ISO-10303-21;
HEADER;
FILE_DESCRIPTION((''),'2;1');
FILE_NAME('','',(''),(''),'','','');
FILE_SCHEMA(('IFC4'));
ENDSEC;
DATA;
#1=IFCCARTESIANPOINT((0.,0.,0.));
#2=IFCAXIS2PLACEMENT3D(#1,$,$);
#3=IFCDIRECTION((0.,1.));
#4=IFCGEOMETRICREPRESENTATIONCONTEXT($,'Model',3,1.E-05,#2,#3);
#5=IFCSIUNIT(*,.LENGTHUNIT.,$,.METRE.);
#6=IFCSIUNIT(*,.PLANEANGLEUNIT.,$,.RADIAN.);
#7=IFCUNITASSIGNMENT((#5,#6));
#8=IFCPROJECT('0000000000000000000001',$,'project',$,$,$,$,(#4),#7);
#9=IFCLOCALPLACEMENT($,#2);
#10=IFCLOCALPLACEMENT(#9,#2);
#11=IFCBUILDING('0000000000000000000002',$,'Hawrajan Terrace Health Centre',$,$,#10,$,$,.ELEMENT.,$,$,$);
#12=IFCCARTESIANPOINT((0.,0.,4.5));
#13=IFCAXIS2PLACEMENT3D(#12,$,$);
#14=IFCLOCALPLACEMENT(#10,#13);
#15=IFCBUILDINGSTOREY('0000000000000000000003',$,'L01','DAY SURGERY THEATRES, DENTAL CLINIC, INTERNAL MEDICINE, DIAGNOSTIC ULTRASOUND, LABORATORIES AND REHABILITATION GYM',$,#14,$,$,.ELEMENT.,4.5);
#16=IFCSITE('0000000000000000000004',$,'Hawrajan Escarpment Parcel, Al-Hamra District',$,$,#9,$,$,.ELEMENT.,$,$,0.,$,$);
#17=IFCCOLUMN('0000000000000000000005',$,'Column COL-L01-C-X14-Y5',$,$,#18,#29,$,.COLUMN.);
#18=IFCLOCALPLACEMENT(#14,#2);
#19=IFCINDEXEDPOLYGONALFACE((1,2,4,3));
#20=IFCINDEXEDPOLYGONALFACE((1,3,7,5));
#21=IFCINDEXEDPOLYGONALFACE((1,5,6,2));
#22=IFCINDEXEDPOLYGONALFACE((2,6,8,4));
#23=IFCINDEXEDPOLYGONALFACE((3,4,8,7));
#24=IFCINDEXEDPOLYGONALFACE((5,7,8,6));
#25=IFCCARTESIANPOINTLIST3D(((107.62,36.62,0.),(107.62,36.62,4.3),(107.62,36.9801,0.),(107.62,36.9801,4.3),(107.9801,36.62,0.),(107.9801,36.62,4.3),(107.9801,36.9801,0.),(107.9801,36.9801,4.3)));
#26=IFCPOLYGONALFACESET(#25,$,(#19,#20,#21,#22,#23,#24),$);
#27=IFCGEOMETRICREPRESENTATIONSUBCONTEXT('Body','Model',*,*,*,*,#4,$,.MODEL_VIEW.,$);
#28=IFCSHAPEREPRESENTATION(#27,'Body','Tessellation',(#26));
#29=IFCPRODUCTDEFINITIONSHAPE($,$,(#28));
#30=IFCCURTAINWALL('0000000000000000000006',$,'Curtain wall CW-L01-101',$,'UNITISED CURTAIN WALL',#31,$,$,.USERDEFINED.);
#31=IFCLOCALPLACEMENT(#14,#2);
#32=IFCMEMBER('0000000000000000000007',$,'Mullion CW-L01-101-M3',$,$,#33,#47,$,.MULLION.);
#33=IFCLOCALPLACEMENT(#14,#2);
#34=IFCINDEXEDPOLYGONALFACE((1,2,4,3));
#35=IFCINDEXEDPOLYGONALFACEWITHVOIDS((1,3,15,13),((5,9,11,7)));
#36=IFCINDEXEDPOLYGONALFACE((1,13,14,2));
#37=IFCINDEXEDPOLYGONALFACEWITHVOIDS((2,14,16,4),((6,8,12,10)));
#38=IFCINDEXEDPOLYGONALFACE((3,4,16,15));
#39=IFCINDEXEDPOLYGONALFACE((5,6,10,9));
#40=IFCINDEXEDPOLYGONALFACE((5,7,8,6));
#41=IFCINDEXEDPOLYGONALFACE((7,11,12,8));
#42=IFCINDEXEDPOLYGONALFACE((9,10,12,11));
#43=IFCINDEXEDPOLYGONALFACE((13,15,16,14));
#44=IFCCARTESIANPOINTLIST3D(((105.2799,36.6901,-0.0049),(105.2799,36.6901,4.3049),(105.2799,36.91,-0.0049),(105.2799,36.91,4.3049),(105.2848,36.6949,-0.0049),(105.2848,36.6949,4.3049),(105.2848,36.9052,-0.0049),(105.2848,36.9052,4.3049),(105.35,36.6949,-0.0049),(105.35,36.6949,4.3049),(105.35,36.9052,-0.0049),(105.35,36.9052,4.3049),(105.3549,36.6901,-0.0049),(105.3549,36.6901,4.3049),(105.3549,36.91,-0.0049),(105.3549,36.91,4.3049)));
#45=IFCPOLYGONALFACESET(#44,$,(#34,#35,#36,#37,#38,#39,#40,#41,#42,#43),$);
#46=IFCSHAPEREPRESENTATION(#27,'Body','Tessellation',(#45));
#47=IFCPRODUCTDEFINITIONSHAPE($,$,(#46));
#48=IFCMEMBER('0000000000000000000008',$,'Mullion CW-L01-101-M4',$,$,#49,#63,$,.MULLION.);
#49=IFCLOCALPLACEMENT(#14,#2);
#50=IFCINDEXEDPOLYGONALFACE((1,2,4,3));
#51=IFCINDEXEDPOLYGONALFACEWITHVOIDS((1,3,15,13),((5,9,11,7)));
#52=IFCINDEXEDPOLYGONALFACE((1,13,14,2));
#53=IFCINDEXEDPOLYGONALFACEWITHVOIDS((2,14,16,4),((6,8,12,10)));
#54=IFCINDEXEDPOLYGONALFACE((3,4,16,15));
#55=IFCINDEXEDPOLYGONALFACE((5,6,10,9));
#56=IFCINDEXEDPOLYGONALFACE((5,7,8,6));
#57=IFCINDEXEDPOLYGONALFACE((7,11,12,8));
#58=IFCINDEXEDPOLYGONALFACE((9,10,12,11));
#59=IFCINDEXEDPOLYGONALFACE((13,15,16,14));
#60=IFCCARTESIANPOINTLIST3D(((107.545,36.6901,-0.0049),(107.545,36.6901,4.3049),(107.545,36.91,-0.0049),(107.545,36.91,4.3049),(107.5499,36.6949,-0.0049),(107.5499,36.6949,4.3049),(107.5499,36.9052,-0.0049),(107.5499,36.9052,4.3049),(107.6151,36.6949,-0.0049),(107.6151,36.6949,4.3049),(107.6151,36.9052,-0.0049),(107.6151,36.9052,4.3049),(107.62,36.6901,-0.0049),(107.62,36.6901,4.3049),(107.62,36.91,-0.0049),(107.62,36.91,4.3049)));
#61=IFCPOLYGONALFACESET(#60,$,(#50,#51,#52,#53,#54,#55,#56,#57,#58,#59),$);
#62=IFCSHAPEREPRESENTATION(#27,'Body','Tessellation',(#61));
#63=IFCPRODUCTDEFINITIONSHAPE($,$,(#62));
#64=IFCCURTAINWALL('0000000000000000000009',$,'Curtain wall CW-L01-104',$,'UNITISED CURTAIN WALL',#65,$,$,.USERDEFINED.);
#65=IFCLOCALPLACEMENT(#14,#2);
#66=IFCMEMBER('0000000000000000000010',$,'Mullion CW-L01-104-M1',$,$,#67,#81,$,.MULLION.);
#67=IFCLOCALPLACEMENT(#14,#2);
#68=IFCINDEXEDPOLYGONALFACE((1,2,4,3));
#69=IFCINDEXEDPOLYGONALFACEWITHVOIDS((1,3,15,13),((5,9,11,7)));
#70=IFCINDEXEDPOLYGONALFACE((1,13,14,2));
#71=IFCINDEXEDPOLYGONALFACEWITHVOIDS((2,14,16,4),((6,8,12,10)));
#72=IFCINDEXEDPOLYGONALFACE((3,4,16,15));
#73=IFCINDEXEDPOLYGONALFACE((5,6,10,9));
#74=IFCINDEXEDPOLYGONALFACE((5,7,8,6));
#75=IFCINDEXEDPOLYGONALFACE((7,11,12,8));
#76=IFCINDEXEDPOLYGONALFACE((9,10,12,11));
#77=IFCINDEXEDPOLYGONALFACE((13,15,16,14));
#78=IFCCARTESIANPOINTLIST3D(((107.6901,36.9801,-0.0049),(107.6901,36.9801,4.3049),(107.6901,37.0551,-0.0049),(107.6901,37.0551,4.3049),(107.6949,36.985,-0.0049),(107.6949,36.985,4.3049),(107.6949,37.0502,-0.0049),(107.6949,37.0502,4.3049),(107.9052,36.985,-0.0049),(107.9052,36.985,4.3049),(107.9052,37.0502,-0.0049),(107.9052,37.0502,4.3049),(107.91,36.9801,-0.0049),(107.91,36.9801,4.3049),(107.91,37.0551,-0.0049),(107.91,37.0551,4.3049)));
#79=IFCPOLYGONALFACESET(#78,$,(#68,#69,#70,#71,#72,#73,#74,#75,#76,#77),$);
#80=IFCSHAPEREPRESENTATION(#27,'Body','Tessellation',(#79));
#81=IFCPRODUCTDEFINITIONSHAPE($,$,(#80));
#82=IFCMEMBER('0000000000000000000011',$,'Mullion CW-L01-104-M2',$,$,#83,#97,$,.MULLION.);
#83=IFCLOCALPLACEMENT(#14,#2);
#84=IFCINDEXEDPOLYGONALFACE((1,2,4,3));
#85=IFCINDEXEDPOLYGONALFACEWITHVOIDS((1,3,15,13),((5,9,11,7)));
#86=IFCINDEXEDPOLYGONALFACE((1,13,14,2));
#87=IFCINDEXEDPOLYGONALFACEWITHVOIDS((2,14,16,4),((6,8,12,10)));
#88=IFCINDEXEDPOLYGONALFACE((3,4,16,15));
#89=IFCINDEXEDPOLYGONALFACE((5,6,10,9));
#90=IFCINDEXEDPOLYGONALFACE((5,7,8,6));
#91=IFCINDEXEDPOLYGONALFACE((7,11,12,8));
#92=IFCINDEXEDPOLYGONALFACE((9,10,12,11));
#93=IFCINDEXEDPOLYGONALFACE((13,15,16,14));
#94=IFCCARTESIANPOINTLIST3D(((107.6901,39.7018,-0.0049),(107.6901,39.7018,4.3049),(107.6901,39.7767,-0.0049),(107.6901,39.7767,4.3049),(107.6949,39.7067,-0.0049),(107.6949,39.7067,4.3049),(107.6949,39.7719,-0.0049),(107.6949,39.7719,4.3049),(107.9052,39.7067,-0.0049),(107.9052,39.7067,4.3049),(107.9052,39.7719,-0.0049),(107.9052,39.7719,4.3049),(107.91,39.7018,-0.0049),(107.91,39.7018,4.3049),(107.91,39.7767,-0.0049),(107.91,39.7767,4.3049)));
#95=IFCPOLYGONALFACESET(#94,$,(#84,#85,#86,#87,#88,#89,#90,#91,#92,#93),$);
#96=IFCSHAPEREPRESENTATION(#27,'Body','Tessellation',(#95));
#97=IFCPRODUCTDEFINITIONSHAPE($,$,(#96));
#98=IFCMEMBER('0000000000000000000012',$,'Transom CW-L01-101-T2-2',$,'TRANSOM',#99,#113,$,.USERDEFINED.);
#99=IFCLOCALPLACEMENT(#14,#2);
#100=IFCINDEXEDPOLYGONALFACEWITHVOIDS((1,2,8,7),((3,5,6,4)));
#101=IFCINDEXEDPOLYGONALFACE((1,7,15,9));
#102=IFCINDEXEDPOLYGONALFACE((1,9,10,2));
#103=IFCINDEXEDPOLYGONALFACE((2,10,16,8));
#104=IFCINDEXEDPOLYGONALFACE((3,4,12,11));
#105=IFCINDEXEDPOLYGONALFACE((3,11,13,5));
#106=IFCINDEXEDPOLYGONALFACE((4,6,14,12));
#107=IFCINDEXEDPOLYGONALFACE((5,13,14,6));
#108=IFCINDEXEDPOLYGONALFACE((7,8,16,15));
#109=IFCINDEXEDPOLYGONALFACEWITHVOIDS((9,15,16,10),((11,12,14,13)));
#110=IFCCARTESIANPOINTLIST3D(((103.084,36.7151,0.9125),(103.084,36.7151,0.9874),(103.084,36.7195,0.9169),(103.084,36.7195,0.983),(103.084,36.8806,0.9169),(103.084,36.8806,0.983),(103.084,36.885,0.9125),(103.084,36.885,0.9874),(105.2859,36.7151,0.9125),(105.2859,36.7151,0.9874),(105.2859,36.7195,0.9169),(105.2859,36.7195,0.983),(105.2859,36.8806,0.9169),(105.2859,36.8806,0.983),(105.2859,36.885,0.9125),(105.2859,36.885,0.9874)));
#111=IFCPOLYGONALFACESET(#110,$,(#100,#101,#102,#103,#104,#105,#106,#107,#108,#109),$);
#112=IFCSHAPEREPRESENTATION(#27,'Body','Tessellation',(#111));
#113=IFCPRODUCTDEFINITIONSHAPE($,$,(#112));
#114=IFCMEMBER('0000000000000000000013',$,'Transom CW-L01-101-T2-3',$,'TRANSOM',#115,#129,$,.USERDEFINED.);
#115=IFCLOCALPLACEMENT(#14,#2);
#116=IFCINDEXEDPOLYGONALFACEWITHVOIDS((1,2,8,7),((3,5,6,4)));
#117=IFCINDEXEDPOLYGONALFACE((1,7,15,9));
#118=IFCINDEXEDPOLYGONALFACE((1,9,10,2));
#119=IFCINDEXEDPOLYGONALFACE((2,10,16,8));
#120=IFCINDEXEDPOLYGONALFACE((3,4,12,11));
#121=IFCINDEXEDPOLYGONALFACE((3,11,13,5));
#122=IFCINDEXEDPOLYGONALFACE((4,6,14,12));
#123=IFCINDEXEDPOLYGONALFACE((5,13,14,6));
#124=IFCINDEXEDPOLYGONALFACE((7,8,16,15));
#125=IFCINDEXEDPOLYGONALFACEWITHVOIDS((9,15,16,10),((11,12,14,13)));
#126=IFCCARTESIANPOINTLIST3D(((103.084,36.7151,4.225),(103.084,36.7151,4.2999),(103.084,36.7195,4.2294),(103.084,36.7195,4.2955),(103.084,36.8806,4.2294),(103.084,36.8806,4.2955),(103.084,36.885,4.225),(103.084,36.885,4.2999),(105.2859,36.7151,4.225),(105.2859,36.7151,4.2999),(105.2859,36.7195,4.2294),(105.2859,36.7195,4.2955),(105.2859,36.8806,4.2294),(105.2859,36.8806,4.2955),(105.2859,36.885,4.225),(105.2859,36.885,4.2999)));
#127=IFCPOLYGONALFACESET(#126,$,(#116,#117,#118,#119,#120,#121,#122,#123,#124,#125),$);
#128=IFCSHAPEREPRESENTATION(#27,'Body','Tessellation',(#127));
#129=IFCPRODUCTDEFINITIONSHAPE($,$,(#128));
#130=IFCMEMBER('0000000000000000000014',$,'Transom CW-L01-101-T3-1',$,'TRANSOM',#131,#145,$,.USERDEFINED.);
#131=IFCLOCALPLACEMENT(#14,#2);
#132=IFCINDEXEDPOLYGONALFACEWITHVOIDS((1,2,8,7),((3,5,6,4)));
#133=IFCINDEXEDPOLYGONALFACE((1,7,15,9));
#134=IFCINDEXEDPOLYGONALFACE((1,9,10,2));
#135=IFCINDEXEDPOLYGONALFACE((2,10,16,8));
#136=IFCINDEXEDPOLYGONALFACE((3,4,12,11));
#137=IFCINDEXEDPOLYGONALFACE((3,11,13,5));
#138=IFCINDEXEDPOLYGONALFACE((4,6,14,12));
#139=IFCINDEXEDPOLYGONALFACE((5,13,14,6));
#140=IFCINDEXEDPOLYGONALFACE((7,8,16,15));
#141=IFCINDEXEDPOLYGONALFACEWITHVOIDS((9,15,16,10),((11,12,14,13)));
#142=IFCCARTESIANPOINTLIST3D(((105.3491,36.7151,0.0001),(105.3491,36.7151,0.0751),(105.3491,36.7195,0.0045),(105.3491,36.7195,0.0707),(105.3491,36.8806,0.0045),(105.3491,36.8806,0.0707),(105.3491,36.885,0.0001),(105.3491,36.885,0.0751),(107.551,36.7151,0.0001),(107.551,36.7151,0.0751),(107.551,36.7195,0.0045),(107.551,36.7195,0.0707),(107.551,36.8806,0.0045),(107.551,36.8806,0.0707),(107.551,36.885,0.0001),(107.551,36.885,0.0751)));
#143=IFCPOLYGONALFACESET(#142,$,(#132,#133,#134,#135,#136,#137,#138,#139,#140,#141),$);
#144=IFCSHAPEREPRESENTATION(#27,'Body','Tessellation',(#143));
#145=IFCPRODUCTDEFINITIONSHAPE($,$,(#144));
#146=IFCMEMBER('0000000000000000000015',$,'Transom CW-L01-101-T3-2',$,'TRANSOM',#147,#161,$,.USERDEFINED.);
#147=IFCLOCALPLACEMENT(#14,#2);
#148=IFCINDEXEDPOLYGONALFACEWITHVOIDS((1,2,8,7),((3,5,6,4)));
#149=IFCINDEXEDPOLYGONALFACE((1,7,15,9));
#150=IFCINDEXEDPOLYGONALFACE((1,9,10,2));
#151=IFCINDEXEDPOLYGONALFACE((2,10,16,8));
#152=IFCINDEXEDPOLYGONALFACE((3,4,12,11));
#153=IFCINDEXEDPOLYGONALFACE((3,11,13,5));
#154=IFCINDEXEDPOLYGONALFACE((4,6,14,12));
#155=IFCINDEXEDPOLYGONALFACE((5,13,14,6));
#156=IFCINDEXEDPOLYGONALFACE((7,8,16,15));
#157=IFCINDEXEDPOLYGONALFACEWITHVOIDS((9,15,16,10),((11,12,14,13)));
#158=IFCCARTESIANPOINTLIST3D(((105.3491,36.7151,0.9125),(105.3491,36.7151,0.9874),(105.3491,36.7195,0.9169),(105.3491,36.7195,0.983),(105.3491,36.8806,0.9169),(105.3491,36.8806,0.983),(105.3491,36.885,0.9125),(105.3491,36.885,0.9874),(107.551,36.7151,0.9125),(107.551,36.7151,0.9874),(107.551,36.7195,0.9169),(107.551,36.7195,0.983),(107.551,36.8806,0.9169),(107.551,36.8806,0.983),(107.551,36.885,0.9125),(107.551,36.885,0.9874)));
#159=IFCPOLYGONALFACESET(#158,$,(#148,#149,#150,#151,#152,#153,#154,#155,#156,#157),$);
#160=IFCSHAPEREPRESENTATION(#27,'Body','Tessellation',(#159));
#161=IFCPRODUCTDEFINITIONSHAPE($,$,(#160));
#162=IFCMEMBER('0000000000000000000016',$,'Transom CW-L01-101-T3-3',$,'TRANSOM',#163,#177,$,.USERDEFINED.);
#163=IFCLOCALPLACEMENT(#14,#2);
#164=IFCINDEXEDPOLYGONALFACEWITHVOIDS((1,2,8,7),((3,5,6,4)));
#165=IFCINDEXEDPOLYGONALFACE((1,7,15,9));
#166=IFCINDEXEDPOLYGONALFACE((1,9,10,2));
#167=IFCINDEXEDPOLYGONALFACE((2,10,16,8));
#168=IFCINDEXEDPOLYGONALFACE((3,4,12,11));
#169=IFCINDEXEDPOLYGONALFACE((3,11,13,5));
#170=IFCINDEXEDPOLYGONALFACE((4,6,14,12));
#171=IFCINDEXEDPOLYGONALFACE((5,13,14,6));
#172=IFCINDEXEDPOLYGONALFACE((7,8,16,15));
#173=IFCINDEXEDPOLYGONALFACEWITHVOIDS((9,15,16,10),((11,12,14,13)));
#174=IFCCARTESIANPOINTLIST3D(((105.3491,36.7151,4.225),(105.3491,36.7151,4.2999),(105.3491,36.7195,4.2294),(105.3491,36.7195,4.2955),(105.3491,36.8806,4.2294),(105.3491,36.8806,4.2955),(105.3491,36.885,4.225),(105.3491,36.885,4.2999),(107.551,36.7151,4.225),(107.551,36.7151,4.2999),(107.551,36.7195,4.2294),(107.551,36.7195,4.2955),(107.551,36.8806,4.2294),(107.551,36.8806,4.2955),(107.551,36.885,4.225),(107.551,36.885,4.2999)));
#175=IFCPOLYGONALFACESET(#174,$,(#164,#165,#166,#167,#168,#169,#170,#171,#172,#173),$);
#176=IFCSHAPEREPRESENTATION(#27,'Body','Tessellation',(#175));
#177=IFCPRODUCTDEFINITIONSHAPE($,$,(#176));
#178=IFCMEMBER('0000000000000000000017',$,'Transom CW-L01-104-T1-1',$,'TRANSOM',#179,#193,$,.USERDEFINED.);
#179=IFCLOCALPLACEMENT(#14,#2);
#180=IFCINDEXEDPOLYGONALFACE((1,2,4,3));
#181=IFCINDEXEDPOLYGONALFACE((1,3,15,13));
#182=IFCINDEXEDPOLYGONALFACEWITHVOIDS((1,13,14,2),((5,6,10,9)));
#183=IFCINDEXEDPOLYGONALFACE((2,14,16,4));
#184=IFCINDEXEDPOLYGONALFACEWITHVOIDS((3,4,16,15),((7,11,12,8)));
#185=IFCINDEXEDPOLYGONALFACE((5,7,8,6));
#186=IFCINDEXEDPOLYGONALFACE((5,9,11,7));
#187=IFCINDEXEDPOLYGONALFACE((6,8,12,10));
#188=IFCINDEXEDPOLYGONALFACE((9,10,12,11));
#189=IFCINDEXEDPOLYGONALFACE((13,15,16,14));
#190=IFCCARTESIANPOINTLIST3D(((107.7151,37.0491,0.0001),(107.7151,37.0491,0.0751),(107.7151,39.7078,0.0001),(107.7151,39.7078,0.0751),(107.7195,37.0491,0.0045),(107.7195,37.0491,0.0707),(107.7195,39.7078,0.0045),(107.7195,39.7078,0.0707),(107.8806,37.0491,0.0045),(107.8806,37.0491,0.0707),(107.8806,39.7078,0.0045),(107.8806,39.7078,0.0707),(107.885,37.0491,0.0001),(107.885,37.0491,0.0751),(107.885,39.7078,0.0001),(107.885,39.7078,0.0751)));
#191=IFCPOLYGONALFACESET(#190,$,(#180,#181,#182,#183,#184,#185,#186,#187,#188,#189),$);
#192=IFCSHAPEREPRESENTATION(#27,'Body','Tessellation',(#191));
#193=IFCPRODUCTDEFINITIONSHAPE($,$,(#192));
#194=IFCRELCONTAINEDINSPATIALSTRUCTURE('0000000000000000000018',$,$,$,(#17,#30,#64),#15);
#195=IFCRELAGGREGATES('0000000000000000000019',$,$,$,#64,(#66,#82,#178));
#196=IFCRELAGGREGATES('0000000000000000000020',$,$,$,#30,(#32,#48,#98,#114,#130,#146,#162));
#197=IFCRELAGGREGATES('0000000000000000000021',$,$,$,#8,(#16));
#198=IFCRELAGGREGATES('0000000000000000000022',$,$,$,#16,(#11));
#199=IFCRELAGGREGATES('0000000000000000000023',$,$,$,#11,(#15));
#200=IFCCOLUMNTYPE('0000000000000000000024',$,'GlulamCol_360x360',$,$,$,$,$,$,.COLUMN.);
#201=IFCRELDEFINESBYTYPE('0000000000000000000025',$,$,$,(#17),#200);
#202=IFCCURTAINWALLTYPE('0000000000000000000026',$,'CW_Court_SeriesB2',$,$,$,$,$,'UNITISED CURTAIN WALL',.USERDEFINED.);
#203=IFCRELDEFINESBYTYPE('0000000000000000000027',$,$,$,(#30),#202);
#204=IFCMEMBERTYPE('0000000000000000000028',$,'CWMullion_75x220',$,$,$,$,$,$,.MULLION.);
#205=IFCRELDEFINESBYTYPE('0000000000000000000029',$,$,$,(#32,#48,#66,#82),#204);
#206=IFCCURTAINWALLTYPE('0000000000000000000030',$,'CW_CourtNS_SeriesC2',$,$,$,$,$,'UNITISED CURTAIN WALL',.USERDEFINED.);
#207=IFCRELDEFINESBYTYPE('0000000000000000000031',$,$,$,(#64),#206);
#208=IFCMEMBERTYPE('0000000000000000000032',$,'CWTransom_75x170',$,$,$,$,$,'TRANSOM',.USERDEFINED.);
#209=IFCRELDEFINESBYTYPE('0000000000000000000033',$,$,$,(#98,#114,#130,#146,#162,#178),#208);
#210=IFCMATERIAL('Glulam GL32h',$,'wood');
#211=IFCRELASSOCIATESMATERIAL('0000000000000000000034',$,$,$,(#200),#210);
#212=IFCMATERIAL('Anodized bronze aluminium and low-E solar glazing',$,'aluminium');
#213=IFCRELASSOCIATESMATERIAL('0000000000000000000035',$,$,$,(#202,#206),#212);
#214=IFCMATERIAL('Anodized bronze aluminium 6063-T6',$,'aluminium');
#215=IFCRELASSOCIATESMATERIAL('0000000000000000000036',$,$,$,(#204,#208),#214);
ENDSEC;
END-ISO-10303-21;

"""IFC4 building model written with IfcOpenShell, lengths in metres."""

from ifc_helpers import new_model, si_unit, direction, frame, origin, origin_2d, place, context, subcontext, project, spatial, rectangle, hollow_rectangle, extrude, material, material_profile, profile_set, type_object, element, aggregate, save


model = new_model("IFC4")

# Units and contexts
model_context = context("Model", 3, precision=1e-05, world=origin(), true_north=direction((0.0, 1.0)))
body_context = subcontext(model_context, "Body", "Model", "MODEL_VIEW")
ifc_project = project(units=[si_unit("LENGTHUNIT", "METRE"), si_unit("PLANEANGLEUNIT", "RADIAN")], contexts=[model_context])

# Site, building, storey
site_placement = place(None, origin())
site = spatial("IfcSite", under=ifc_project, at=site_placement, Name="Hawrajan Escarpment Parcel, Al-Hamra District", CompositionType="ELEMENT", RefElevation=0.0)
building_placement = place(site_placement, origin())
building = spatial("IfcBuilding", under=site, at=building_placement, Name="Hawrajan Terrace Health Centre", CompositionType="ELEMENT")
storey_placement = place(building_placement, frame((0.0, 0.0, 4.5)))
storey = spatial("IfcBuildingStorey", under=building, at=storey_placement, Name="L01", Description="DAY SURGERY THEATRES, DENTAL CLINIC, INTERNAL MEDICINE, DIAGNOSTIC ULTRASOUND, LABORATORIES AND REHABILITATION GYM", CompositionType="ELEMENT", Elevation=4.5)

# Column
ifc_material_1 = material(Name="Glulam GL32h", Category="wood")
ifc_material_profile_1 = material_profile(ifc_material_1, rectangle(XDim=0.3601, YDim=0.3601, at=origin_2d()), Name="GL 360x360")
ifc_profile_set_1 = profile_set([ifc_material_profile_1], Name="Glulam GL32h")
column_type = type_object("IfcColumnType", Name="GlulamCol_360x360", PredefinedType="COLUMN", material=ifc_profile_set_1)
column_placement = place(storey_placement, frame((107.8, 36.8, 0.0), z_axis=(0.0, 0.0, 1.0), x_axis=(1.0, 0.0, 0.0)))
element("IfcColumn", 1, at=column_placement, inside=storey, type_object=column_type, Name="Column COL-L01-C-X14-Y5", PredefinedType="COLUMN", context=body_context, shape_type="SweptSolid", body=[
    extrude(rectangle(XDim=0.3601, YDim=0.3601, at=origin_2d()), origin(), (0.0, 0.0, 1.0), 4.3),
])

# Curtain walls, members
ifc_material_2 = material(Name="Anodized bronze aluminium and low-E solar glazing", Category="aluminium")
curtain_wall_type_1 = type_object("IfcCurtainWallType", Name="CW_Court_SeriesB2", ElementType="UNITISED CURTAIN WALL", PredefinedType="USERDEFINED", material=ifc_material_2)
curtain_wall_1_placement = place(storey_placement, origin())
curtain_wall_1 = element("IfcCurtainWall", 2, at=curtain_wall_1_placement, inside=storey, type_object=curtain_wall_type_1, Name="Curtain wall CW-L01-101", ObjectType="UNITISED CURTAIN WALL", PredefinedType="USERDEFINED")
ifc_material_3 = material(Name="Anodized bronze aluminium 6063-T6", Category="aluminium")
ifc_material_profile_2 = material_profile(ifc_material_3, hollow_rectangle(XDim=0.075, YDim=0.22, WallThickness=0.0049, at=origin_2d()), Name="CW MUL 75x220")
ifc_profile_set_2 = profile_set([ifc_material_profile_2], Name="Anodized bronze aluminium 6063-T6")
member_type_1 = type_object("IfcMemberType", Name="CWMullion_75x220", PredefinedType="MULLION", material=ifc_profile_set_2)
member_1_placement = place(storey_placement, frame((105.3174, 36.8, -0.0049), z_axis=(0.0, 0.0, 1.0), x_axis=(1.0, 0.0, 0.0)))
member_1 = element("IfcMember", 3, at=member_1_placement, type_object=member_type_1, Name="Mullion CW-L01-101-M3", PredefinedType="MULLION", context=body_context, shape_type="SweptSolid", body=[
    extrude(hollow_rectangle(XDim=0.075, YDim=0.22, WallThickness=0.0049, at=origin_2d()), origin(), (0.0, 0.0, 1.0), 4.3098),
])
member_2_placement = place(storey_placement, frame((107.5825, 36.8, -0.0049), z_axis=(0.0, 0.0, 1.0), x_axis=(1.0, 0.0, 0.0)))
member_2 = element("IfcMember", 4, at=member_2_placement, type_object=member_type_1, Name="Mullion CW-L01-101-M4", PredefinedType="MULLION", context=body_context, shape_type="SweptSolid", body=[
    extrude(hollow_rectangle(XDim=0.075, YDim=0.22, WallThickness=0.0049, at=origin_2d()), origin(), (0.0, 0.0, 1.0), 4.3098),
])
curtain_wall_type_2 = type_object("IfcCurtainWallType", Name="CW_CourtNS_SeriesC2", ElementType="UNITISED CURTAIN WALL", PredefinedType="USERDEFINED", material=ifc_material_2)
curtain_wall_2_placement = place(storey_placement, origin())
curtain_wall_2 = element("IfcCurtainWall", 5, at=curtain_wall_2_placement, inside=storey, type_object=curtain_wall_type_2, Name="Curtain wall CW-L01-104", ObjectType="UNITISED CURTAIN WALL", PredefinedType="USERDEFINED")
member_3_placement = place(storey_placement, frame((107.8, 37.0176, -0.0049), z_axis=(0.0, 0.0, 1.0), x_axis=(0.0, 1.0, 0.0)))
member_3 = element("IfcMember", 6, at=member_3_placement, type_object=member_type_1, Name="Mullion CW-L01-104-M1", PredefinedType="MULLION", context=body_context, shape_type="SweptSolid", body=[
    extrude(hollow_rectangle(XDim=0.075, YDim=0.22, WallThickness=0.0049, at=origin_2d()), origin(), (0.0, 0.0, 1.0), 4.3098),
])
member_4_placement = place(storey_placement, frame((107.8, 39.7393, -0.0049), z_axis=(0.0, 0.0, 1.0), x_axis=(0.0, 1.0, 0.0)))
member_4 = element("IfcMember", 7, at=member_4_placement, type_object=member_type_1, Name="Mullion CW-L01-104-M2", PredefinedType="MULLION", context=body_context, shape_type="SweptSolid", body=[
    extrude(hollow_rectangle(XDim=0.075, YDim=0.22, WallThickness=0.0049, at=origin_2d()), origin(), (0.0, 0.0, 1.0), 4.3098),
])

# Members
ifc_material_profile_3 = material_profile(ifc_material_3, hollow_rectangle(XDim=0.075, YDim=0.1699, WallThickness=0.0044, at=origin_2d()), Name="CW TRN 75x170")
ifc_profile_set_3 = profile_set([ifc_material_profile_3], Name="Anodized bronze aluminium 6063-T6")
member_type_2 = type_object("IfcMemberType", Name="CWTransom_75x170", ElementType="TRANSOM", PredefinedType="USERDEFINED", material=ifc_profile_set_3)
member_5_placement = place(storey_placement, frame((103.084, 36.8, 0.95), z_axis=(1.0, 0.0, 0.0), x_axis=(0.0, 0.0, 1.0)))
member_5 = element("IfcMember", 8, at=member_5_placement, type_object=member_type_2, Name="Transom CW-L01-101-T2-2", ObjectType="TRANSOM", PredefinedType="USERDEFINED", context=body_context, shape_type="SweptSolid", body=[
    extrude(hollow_rectangle(XDim=0.075, YDim=0.1699, WallThickness=0.0044, at=origin_2d()), origin(), (0.0, 0.0, 1.0), 2.2019),
])
member_6_placement = place(storey_placement, frame((103.084, 36.8, 4.2625), z_axis=(1.0, 0.0, 0.0), x_axis=(0.0, 0.0, 1.0)))
member_6 = element("IfcMember", 9, at=member_6_placement, type_object=member_type_2, Name="Transom CW-L01-101-T2-3", ObjectType="TRANSOM", PredefinedType="USERDEFINED", context=body_context, shape_type="SweptSolid", body=[
    extrude(hollow_rectangle(XDim=0.075, YDim=0.1699, WallThickness=0.0044, at=origin_2d()), origin(), (0.0, 0.0, 1.0), 2.2019),
])
member_7_placement = place(storey_placement, frame((105.3491, 36.8, 0.0376), z_axis=(1.0, 0.0, 0.0), x_axis=(0.0, 0.0, 1.0)))
member_7 = element("IfcMember", 10, at=member_7_placement, type_object=member_type_2, Name="Transom CW-L01-101-T3-1", ObjectType="TRANSOM", PredefinedType="USERDEFINED", context=body_context, shape_type="SweptSolid", body=[
    extrude(hollow_rectangle(XDim=0.075, YDim=0.1699, WallThickness=0.0044, at=origin_2d()), origin(), (0.0, 0.0, 1.0), 2.2019),
])
member_8_placement = place(storey_placement, frame((105.3491, 36.8, 0.95), z_axis=(1.0, 0.0, 0.0), x_axis=(0.0, 0.0, 1.0)))
member_8 = element("IfcMember", 11, at=member_8_placement, type_object=member_type_2, Name="Transom CW-L01-101-T3-2", ObjectType="TRANSOM", PredefinedType="USERDEFINED", context=body_context, shape_type="SweptSolid", body=[
    extrude(hollow_rectangle(XDim=0.075, YDim=0.1699, WallThickness=0.0044, at=origin_2d()), origin(), (0.0, 0.0, 1.0), 2.2019),
])
member_9_placement = place(storey_placement, frame((105.3491, 36.8, 4.2625), z_axis=(1.0, 0.0, 0.0), x_axis=(0.0, 0.0, 1.0)))
member_9 = element("IfcMember", 12, at=member_9_placement, type_object=member_type_2, Name="Transom CW-L01-101-T3-3", ObjectType="TRANSOM", PredefinedType="USERDEFINED", context=body_context, shape_type="SweptSolid", body=[
    extrude(hollow_rectangle(XDim=0.075, YDim=0.1699, WallThickness=0.0044, at=origin_2d()), origin(), (0.0, 0.0, 1.0), 2.2019),
])
member_10_placement = place(storey_placement, frame((107.8, 37.0491, 0.0376), z_axis=(0.0, 1.0, 0.0), x_axis=(0.0, 0.0, 1.0)))
member_10 = element("IfcMember", 13, at=member_10_placement, type_object=member_type_2, Name="Transom CW-L01-104-T1-1", ObjectType="TRANSOM", PredefinedType="USERDEFINED", context=body_context, shape_type="SweptSolid", body=[
    extrude(hollow_rectangle(XDim=0.075, YDim=0.1699, WallThickness=0.0044, at=origin_2d()), origin(), (0.0, 0.0, 1.0), 2.6587),
])

aggregate(curtain_wall_2, [member_3, member_4, member_10])
aggregate(curtain_wall_1, [member_1, member_2, member_5, member_6, member_7, member_8, member_9])

save(model, "model.ifc")
